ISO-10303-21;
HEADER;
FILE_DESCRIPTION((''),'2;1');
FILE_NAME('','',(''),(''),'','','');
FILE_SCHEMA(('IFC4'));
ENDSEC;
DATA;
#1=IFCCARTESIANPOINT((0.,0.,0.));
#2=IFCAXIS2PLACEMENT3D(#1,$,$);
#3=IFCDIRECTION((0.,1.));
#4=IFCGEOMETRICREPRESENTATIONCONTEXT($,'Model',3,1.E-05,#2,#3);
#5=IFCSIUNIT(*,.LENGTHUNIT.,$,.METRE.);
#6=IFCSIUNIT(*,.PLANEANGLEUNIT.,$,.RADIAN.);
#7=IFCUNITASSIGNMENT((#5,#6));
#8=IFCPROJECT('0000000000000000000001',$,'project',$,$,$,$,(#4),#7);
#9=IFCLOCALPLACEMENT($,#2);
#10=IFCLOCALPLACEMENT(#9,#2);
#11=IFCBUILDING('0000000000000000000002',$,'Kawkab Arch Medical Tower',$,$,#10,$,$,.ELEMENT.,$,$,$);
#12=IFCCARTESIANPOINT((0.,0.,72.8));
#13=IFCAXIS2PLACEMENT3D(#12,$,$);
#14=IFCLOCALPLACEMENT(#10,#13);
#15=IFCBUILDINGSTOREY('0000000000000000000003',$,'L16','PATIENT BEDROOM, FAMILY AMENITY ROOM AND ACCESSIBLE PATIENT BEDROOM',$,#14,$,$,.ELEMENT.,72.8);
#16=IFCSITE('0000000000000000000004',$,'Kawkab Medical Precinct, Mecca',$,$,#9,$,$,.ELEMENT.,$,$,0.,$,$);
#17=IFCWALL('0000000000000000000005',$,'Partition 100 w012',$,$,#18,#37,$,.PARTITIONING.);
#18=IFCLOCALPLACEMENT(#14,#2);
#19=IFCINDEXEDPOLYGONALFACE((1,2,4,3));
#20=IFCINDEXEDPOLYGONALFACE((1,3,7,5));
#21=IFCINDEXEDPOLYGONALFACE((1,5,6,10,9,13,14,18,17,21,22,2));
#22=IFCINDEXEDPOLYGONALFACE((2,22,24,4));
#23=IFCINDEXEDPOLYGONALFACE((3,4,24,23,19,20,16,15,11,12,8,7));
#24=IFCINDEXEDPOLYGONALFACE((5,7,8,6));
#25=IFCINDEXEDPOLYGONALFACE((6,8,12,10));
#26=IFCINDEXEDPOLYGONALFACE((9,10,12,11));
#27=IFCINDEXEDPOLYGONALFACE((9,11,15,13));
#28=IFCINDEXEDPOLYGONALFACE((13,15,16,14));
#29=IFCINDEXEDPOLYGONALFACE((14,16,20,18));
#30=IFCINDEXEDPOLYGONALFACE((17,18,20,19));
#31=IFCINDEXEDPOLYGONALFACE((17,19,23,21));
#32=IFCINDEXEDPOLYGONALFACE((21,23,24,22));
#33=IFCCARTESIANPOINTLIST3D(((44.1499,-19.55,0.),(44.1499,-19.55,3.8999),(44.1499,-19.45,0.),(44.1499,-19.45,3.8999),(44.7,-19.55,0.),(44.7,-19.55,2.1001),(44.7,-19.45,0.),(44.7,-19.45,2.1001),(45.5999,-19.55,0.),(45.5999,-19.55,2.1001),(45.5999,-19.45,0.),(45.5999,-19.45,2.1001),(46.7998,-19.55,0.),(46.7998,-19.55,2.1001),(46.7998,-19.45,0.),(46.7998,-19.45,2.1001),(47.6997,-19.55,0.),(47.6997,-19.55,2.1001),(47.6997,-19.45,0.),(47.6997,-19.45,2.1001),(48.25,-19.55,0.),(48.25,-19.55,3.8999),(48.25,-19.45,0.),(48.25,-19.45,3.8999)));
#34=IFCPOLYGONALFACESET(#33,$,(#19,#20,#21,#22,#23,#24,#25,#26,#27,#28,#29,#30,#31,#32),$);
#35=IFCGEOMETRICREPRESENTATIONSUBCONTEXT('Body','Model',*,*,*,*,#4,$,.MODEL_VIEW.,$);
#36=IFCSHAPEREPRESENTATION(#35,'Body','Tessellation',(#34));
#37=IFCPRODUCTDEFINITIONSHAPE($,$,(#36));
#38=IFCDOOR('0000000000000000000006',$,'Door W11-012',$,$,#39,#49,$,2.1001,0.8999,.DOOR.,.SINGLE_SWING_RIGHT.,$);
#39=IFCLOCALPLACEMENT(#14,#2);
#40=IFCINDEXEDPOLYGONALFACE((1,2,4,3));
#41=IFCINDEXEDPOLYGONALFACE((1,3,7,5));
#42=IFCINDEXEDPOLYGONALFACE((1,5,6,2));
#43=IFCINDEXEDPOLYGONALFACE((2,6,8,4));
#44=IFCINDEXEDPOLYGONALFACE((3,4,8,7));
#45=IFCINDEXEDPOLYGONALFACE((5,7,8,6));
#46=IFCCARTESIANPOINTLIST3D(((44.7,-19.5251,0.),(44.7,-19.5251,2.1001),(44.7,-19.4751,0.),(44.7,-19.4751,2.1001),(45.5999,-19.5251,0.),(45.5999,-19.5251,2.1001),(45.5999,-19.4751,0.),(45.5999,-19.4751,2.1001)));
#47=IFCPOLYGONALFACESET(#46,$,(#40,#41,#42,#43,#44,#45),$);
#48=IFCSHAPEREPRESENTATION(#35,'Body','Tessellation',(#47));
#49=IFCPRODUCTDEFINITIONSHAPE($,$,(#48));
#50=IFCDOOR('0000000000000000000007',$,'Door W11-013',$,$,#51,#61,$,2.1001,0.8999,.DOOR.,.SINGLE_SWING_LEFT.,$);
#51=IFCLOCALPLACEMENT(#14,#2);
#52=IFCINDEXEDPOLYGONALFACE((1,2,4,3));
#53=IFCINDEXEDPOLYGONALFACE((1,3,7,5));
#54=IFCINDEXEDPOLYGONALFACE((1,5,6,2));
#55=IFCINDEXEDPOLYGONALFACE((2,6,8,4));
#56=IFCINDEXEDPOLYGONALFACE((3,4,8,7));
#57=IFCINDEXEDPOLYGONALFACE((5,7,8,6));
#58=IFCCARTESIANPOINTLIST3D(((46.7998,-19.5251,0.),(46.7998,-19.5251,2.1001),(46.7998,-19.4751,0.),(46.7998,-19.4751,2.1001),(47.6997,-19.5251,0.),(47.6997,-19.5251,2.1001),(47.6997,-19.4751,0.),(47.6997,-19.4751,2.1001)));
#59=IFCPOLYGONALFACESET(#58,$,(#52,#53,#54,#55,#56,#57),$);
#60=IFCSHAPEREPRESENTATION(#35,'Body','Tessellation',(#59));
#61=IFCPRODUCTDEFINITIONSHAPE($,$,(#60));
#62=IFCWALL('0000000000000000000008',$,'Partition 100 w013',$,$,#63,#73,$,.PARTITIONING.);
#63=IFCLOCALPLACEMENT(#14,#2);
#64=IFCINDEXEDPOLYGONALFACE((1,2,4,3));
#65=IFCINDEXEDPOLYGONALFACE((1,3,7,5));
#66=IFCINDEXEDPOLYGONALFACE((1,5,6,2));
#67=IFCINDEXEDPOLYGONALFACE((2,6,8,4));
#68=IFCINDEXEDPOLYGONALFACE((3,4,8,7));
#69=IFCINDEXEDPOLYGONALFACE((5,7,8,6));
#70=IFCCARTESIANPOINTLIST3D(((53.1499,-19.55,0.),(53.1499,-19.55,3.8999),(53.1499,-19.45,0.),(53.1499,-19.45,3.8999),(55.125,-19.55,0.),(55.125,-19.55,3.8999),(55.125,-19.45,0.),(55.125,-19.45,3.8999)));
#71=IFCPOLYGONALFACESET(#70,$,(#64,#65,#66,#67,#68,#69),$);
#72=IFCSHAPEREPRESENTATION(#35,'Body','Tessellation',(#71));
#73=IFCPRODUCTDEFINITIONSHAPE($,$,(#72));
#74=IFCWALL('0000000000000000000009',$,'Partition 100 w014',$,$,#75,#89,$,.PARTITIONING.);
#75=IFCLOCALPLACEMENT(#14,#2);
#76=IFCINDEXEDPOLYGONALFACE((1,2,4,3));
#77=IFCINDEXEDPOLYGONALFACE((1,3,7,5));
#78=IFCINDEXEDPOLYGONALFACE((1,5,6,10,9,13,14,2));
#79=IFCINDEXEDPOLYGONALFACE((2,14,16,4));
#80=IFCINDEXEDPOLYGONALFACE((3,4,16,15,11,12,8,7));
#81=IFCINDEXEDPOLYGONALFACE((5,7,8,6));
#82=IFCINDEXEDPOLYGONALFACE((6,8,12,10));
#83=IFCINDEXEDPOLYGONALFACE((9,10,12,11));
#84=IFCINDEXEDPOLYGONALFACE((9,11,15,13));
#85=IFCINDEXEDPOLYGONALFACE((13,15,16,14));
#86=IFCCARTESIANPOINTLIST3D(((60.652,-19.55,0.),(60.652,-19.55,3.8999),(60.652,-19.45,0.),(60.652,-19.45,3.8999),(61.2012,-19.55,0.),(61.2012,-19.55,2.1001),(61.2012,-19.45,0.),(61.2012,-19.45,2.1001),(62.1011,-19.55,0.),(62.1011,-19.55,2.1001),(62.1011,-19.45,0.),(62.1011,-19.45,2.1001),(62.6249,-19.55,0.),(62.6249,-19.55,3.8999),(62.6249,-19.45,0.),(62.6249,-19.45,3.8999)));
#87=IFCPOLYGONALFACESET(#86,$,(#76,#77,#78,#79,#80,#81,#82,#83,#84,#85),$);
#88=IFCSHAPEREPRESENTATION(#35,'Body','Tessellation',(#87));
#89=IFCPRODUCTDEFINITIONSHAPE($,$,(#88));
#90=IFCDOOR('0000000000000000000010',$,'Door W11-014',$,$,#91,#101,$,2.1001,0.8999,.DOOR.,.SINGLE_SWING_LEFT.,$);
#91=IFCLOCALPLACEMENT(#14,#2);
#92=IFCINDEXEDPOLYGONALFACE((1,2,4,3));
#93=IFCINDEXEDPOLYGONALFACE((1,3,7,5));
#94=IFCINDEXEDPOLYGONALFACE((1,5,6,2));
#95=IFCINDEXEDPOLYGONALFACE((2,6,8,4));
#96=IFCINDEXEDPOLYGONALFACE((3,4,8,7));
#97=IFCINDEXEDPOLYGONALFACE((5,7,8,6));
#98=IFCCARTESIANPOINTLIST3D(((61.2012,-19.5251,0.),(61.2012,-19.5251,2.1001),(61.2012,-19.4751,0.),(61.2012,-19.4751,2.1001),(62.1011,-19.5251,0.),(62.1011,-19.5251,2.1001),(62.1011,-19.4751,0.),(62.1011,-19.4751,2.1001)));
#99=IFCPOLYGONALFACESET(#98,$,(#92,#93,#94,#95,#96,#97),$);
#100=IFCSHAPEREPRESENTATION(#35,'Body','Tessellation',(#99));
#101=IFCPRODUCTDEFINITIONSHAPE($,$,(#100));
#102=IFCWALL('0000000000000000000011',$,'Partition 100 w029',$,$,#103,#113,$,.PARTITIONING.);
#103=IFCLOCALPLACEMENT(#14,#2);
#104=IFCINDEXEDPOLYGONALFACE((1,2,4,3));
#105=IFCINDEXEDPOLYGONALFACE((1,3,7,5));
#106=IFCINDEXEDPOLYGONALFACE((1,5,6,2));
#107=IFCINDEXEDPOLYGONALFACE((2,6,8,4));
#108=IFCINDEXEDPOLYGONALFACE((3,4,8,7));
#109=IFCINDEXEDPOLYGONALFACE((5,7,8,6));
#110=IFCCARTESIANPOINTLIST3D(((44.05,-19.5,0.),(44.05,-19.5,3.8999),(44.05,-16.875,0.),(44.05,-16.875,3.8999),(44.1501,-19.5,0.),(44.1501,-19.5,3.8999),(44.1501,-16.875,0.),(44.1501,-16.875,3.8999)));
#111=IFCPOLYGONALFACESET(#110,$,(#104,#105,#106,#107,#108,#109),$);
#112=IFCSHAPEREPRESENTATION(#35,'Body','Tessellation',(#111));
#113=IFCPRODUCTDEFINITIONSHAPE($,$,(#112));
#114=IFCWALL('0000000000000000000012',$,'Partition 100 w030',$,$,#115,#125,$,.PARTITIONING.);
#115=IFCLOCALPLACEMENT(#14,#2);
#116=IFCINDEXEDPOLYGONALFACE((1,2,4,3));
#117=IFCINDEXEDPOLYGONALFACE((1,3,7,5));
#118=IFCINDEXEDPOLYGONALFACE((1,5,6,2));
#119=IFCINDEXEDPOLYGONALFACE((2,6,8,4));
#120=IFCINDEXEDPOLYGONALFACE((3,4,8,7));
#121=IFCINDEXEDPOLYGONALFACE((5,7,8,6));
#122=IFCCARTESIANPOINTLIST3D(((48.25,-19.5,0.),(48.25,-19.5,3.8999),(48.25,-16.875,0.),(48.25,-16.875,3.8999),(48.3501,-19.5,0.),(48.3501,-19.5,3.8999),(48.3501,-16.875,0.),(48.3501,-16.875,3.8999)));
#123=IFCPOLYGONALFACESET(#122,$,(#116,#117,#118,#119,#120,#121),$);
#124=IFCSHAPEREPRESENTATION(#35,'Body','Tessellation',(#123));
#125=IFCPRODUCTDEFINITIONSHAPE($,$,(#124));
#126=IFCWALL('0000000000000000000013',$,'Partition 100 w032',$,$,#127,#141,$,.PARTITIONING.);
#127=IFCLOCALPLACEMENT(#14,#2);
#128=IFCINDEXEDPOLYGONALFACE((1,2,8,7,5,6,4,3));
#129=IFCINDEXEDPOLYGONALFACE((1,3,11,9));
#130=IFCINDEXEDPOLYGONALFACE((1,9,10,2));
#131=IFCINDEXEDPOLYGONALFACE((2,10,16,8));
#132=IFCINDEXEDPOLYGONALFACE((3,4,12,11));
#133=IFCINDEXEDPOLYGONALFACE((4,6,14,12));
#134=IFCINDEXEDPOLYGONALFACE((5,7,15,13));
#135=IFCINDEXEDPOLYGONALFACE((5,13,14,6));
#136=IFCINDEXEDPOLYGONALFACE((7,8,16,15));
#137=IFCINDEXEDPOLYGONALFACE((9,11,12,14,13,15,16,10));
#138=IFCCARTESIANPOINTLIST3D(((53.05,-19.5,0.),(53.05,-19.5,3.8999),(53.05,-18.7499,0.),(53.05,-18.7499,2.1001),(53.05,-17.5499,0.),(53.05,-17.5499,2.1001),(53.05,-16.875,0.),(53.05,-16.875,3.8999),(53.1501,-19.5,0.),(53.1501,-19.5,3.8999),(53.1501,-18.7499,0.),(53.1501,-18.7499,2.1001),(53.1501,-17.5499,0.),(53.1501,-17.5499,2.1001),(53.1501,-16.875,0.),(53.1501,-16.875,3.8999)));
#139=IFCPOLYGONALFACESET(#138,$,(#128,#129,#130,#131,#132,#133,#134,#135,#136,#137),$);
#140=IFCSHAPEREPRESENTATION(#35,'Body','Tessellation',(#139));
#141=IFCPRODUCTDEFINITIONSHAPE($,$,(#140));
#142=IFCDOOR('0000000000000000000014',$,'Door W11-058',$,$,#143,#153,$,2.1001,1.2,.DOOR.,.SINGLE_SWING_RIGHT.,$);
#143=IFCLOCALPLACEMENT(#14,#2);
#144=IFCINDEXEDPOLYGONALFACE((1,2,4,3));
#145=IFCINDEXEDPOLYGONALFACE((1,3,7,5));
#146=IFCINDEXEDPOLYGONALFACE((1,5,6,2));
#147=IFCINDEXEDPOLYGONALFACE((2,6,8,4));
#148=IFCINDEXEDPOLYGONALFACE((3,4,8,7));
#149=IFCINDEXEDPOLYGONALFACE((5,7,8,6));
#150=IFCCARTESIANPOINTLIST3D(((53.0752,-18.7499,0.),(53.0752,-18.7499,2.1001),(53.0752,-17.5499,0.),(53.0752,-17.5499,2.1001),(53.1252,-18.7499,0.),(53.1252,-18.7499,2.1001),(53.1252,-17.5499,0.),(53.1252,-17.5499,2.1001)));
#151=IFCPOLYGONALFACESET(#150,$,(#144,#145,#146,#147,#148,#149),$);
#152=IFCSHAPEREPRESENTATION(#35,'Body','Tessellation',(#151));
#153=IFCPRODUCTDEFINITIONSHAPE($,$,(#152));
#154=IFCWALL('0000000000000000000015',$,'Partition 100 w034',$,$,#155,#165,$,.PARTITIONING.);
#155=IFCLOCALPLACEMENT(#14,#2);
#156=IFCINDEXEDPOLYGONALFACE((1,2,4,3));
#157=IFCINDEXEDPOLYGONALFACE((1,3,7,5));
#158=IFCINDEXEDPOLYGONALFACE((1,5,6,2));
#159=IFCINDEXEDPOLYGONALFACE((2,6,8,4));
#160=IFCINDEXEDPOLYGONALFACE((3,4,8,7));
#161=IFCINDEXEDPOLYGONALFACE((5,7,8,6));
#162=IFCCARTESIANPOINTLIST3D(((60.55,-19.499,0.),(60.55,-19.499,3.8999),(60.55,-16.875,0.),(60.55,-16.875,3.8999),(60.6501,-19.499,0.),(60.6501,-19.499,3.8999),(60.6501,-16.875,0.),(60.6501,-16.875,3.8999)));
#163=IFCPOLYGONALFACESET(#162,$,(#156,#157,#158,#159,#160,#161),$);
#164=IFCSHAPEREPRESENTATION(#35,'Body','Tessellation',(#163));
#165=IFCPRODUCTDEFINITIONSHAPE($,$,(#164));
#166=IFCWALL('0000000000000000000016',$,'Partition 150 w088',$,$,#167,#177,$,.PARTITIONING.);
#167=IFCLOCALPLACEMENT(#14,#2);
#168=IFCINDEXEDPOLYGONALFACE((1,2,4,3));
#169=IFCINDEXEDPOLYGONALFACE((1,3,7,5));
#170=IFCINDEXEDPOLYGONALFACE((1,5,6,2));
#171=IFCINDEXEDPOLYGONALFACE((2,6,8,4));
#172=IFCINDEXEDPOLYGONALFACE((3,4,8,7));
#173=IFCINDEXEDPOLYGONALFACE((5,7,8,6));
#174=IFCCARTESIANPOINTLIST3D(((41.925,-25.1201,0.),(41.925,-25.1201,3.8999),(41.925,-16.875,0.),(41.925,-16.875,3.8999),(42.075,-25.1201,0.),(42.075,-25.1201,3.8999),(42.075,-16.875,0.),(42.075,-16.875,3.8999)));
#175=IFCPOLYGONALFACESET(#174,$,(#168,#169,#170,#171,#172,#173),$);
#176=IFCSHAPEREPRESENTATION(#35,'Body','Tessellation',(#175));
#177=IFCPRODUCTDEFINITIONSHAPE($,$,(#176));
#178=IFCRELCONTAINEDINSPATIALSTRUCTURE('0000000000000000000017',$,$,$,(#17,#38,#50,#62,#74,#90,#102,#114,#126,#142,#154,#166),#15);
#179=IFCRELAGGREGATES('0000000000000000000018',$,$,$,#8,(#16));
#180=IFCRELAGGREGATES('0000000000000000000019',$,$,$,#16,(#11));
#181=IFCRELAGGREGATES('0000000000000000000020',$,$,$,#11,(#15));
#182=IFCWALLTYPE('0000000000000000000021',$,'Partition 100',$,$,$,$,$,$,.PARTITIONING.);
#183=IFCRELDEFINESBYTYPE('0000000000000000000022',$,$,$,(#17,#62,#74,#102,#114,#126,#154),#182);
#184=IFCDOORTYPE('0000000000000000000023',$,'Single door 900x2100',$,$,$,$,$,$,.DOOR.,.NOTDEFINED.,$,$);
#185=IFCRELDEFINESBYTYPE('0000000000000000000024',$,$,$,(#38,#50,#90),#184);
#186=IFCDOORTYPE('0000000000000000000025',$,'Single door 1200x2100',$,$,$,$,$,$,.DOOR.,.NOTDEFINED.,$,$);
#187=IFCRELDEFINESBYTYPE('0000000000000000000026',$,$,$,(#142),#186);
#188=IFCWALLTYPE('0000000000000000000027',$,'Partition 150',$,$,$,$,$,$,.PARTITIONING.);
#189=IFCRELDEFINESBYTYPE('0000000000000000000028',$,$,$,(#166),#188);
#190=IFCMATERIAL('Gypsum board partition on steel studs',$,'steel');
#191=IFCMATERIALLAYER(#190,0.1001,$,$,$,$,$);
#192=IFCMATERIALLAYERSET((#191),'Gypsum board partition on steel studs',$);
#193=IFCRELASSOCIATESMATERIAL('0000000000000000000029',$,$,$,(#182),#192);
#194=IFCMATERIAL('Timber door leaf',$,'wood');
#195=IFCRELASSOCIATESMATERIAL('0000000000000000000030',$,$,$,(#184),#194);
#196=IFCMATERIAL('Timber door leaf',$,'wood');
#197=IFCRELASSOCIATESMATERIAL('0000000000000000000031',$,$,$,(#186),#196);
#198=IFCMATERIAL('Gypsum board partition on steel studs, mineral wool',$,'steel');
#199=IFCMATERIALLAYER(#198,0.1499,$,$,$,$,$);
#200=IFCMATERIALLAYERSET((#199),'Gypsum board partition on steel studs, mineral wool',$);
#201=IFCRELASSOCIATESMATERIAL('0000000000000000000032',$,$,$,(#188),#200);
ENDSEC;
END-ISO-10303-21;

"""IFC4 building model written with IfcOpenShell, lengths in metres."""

from ifc_helpers import new_model, si_unit, direction, frame, frame_2d, origin, place, context, subcontext, project, spatial, rectangle, extrude, material, layer, layer_set, type_object, element, fill, save


model = new_model("IFC4")

# Units and contexts
model_context = context("Model", 3, precision=1e-05, world=origin(), true_north=direction((0.0, 1.0)))
body_context = subcontext(model_context, "Body", "Model", "MODEL_VIEW")
ifc_project = project(units=[si_unit("LENGTHUNIT", "METRE"), si_unit("PLANEANGLEUNIT", "RADIAN")], contexts=[model_context])

# Site, building, storey
site_placement = place(None, origin())
site = spatial("IfcSite", under=ifc_project, at=site_placement, Name="Kawkab Medical Precinct, Mecca", CompositionType="ELEMENT", RefElevation=0.0)
building_placement = place(site_placement, origin())
building = spatial("IfcBuilding", under=site, at=building_placement, Name="Kawkab Arch Medical Tower", CompositionType="ELEMENT")
storey_placement = place(building_placement, frame((0.0, 0.0, 72.8)))
storey = spatial("IfcBuildingStorey", under=building, at=storey_placement, Name="L16", Description="PATIENT BEDROOM, FAMILY AMENITY ROOM AND ACCESSIBLE PATIENT BEDROOM", CompositionType="ELEMENT", Elevation=72.8)

# Wall, openings, doors
ifc_material_1 = material(Name="Gypsum board partition on steel studs", Category="steel")
ifc_layer_1 = layer(ifc_material_1, 0.1001)
ifc_layer_set_1 = layer_set([ifc_layer_1], Name="Gypsum board partition on steel studs")
wall_type_1 = type_object("IfcWallType", Name="Partition 100", PredefinedType="PARTITIONING", material=ifc_layer_set_1)
wall_1_placement = place(storey_placement, frame((44.1499, -19.5, 0.0), z_axis=(0.0, 0.0, 1.0), x_axis=(1.0, 0.0, 0.0)))
wall_1 = element("IfcWall", 1, at=wall_1_placement, inside=storey, type_object=wall_type_1, Name="Partition 100 w012", PredefinedType="PARTITIONING", context=body_context, shape_type="SweptSolid", body=[
    extrude(rectangle(XDim=4.1001, YDim=0.1001, at=frame_2d((2.05, 0.0))), origin(), (0.0, 0.0, 1.0), 3.8999),
])
opening_1_placement = place(wall_1_placement, frame((0.55, 0.0, 0.0)))
opening_1 = element("IfcOpeningElement", 2, at=opening_1_placement, cuts=wall_1, PredefinedType="OPENING", context=body_context, shape_type="SweptSolid", body=[
    extrude(rectangle(XDim=0.8999, YDim=2.1001, at=frame_2d((0.45, 1.05))), frame((0.0, 0.0601, 0.0), z_axis=(0.0, -1.0, 0.0), x_axis=(1.0, 0.0, 0.0)), (0.0, 0.0, 1.0), 0.1201),
])
opening_2_placement = place(wall_1_placement, frame((2.6499, 0.0, 0.0)))
opening_2 = element("IfcOpeningElement", 3, at=opening_2_placement, cuts=wall_1, PredefinedType="OPENING", context=body_context, shape_type="SweptSolid", body=[
    extrude(rectangle(XDim=0.8999, YDim=2.1001, at=frame_2d((0.45, 1.05))), frame((0.0, 0.0601, 0.0), z_axis=(0.0, -1.0, 0.0), x_axis=(1.0, 0.0, 0.0)), (0.0, 0.0, 1.0), 0.1201),
])
ifc_material_2 = material(Name="Timber door leaf", Category="wood")
door_type_1 = type_object("IfcDoorType", Name="Single door 900x2100", OperationType="NOTDEFINED", PredefinedType="DOOR", material=ifc_material_2)
door_1_placement = place(opening_1_placement, origin())
door_1 = element("IfcDoor", 4, at=door_1_placement, inside=storey, type_object=door_type_1, Name="Door W11-012", OperationType="SINGLE_SWING_RIGHT", OverallHeight=2.1001, OverallWidth=0.8999, PredefinedType="DOOR", context=body_context, shape_type="SweptSolid", body=[
    extrude(rectangle(XDim=0.8999, YDim=2.1001, at=frame_2d((0.45, 1.05))), frame((0.0, 0.0249, 0.0), z_axis=(0.0, -1.0, 0.0), x_axis=(1.0, 0.0, 0.0)), (0.0, 0.0, 1.0), 0.05),
])
fill(opening_1, door_1)
door_2_placement = place(opening_2_placement, origin())
door_2 = element("IfcDoor", 5, at=door_2_placement, inside=storey, type_object=door_type_1, Name="Door W11-013", OperationType="SINGLE_SWING_LEFT", OverallHeight=2.1001, OverallWidth=0.8999, PredefinedType="DOOR", context=body_context, shape_type="SweptSolid", body=[
    extrude(rectangle(XDim=0.8999, YDim=2.1001, at=frame_2d((0.45, 1.05))), frame((0.0, 0.0249, 0.0), z_axis=(0.0, -1.0, 0.0), x_axis=(1.0, 0.0, 0.0)), (0.0, 0.0, 1.0), 0.05),
])
fill(opening_2, door_2)

# Wall
wall_2_placement = place(storey_placement, frame((53.1499, -19.5, 0.0), z_axis=(0.0, 0.0, 1.0), x_axis=(1.0, 0.0, 0.0)))
element("IfcWall", 6, at=wall_2_placement, inside=storey, type_object=wall_type_1, Name="Partition 100 w013", PredefinedType="PARTITIONING", context=body_context, shape_type="SweptSolid", body=[
    extrude(rectangle(XDim=1.9751, YDim=0.1001, at=frame_2d((0.9875, 0.0))), origin(), (0.0, 0.0, 1.0), 3.8999),
])

# Wall, opening, door
wall_3_placement = place(storey_placement, frame((60.6521, -19.5, 0.0), z_axis=(0.0, 0.0, 1.0), x_axis=(1.0, 0.0, 0.0)))
wall_3 = element("IfcWall", 7, at=wall_3_placement, inside=storey, type_object=wall_type_1, Name="Partition 100 w014", PredefinedType="PARTITIONING", context=body_context, shape_type="SweptSolid", body=[
    extrude(rectangle(XDim=1.9729, YDim=0.1001, at=frame_2d((0.9863, 0.0))), origin(), (0.0, 0.0, 1.0), 3.8999),
])
opening_3_placement = place(wall_3_placement, frame((0.5491, 0.0, 0.0)))
opening_3 = element("IfcOpeningElement", 8, at=opening_3_placement, cuts=wall_3, PredefinedType="OPENING", context=body_context, shape_type="SweptSolid", body=[
    extrude(rectangle(XDim=0.8999, YDim=2.1001, at=frame_2d((0.45, 1.05))), frame((0.0, 0.0601, 0.0), z_axis=(0.0, -1.0, 0.0), x_axis=(1.0, 0.0, 0.0)), (0.0, 0.0, 1.0), 0.1201),
])
door_3_placement = place(opening_3_placement, origin())
door_3 = element("IfcDoor", 9, at=door_3_placement, inside=storey, type_object=door_type_1, Name="Door W11-014", OperationType="SINGLE_SWING_LEFT", OverallHeight=2.1001, OverallWidth=0.8999, PredefinedType="DOOR", context=body_context, shape_type="SweptSolid", body=[
    extrude(rectangle(XDim=0.8999, YDim=2.1001, at=frame_2d((0.45, 1.05))), frame((0.0, 0.0249, 0.0), z_axis=(0.0, -1.0, 0.0), x_axis=(1.0, 0.0, 0.0)), (0.0, 0.0, 1.0), 0.05),
])
fill(opening_3, door_3)

# Walls
for number, where, z_axis, x_axis, name in (
    (10, (44.1001, -19.5, 0.0), (0.0, 0.0, 1.0), (0.0, 1.0, 0.0), "Partition 100 w029"),
    (11, (48.3, -19.5, 0.0), (0.0, 0.0, 1.0), (0.0, 1.0, 0.0), "Partition 100 w030"),
):
    element("IfcWall", number, at=place(storey_placement, frame(where, z_axis=z_axis, x_axis=x_axis)), inside=storey, type_object=wall_type_1, Name=name, PredefinedType="PARTITIONING", context=body_context, shape_type="SweptSolid", body=[
        extrude(rectangle(XDim=2.625, YDim=0.1001, at=frame_2d((1.3125, 0.0))), origin(), (0.0, 0.0, 1.0), 3.8999),
    ])

# Wall, opening, door
wall_4_placement = place(storey_placement, frame((53.1001, -19.5, 0.0), z_axis=(0.0, 0.0, 1.0), x_axis=(0.0, 1.0, 0.0)))
wall_4 = element("IfcWall", 12, at=wall_4_placement, inside=storey, type_object=wall_type_1, Name="Partition 100 w032", PredefinedType="PARTITIONING", context=body_context, shape_type="SweptSolid", body=[
    extrude(rectangle(XDim=2.625, YDim=0.1001, at=frame_2d((1.3125, 0.0))), origin(), (0.0, 0.0, 1.0), 3.8999),
])
opening_4_placement = place(wall_4_placement, frame((0.75, 0.0, 0.0)))
opening_4 = element("IfcOpeningElement", 13, at=opening_4_placement, cuts=wall_4, PredefinedType="OPENING", context=body_context, shape_type="SweptSolid", body=[
    extrude(rectangle(XDim=1.2, YDim=2.1001, at=frame_2d((0.6001, 1.05))), frame((0.0, 0.0601, 0.0), z_axis=(0.0, -1.0, 0.0), x_axis=(1.0, 0.0, 0.0)), (0.0, 0.0, 1.0), 0.1201),
])
ifc_material_3 = material(Name="Timber door leaf", Category="wood")
door_type_2 = type_object("IfcDoorType", Name="Single door 1200x2100", OperationType="NOTDEFINED", PredefinedType="DOOR", material=ifc_material_3)
door_4_placement = place(opening_4_placement, origin())
door_4 = element("IfcDoor", 14, at=door_4_placement, inside=storey, type_object=door_type_2, Name="Door W11-058", OperationType="SINGLE_SWING_RIGHT", OverallHeight=2.1001, OverallWidth=1.2, PredefinedType="DOOR", context=body_context, shape_type="SweptSolid", body=[
    extrude(rectangle(XDim=1.2, YDim=2.1001, at=frame_2d((0.6001, 1.05))), frame((0.0, 0.0249, 0.0), z_axis=(0.0, -1.0, 0.0), x_axis=(1.0, 0.0, 0.0)), (0.0, 0.0, 1.0), 0.05),
])
fill(opening_4, door_4)

# Walls
wall_5_placement = place(storey_placement, frame((60.6001, -19.499, 0.0), z_axis=(0.0, 0.0, 1.0), x_axis=(0.0, 1.0, 0.0)))
element("IfcWall", 15, at=wall_5_placement, inside=storey, type_object=wall_type_1, Name="Partition 100 w034", PredefinedType="PARTITIONING", context=body_context, shape_type="SweptSolid", body=[
    extrude(rectangle(XDim=2.624, YDim=0.1001, at=frame_2d((1.312, 0.0))), origin(), (0.0, 0.0, 1.0), 3.8999),
])
ifc_material_4 = material(Name="Gypsum board partition on steel studs, mineral wool", Category="steel")
ifc_layer_2 = layer(ifc_material_4, 0.1499)
ifc_layer_set_2 = layer_set([ifc_layer_2], Name="Gypsum board partition on steel studs, mineral wool")
wall_type_2 = type_object("IfcWallType", Name="Partition 150", PredefinedType="PARTITIONING", material=ifc_layer_set_2)
for number, where, z_axis, x_axis, name in (
    (16, (42.0, -25.1201, 0.0), (0.0, 0.0, 1.0), (0.0, 1.0, 0.0), "Partition 150 w088"),
):
    element("IfcWall", number, at=place(storey_placement, frame(where, z_axis=z_axis, x_axis=x_axis)), inside=storey, type_object=wall_type_2, Name=name, PredefinedType="PARTITIONING", context=body_context, shape_type="SweptSolid", body=[
        extrude(rectangle(XDim=8.2451, YDim=0.1499, at=frame_2d((4.1226, 0.0))), origin(), (0.0, 0.0, 1.0), 3.8999),
    ])

save(model, "model.ifc")
